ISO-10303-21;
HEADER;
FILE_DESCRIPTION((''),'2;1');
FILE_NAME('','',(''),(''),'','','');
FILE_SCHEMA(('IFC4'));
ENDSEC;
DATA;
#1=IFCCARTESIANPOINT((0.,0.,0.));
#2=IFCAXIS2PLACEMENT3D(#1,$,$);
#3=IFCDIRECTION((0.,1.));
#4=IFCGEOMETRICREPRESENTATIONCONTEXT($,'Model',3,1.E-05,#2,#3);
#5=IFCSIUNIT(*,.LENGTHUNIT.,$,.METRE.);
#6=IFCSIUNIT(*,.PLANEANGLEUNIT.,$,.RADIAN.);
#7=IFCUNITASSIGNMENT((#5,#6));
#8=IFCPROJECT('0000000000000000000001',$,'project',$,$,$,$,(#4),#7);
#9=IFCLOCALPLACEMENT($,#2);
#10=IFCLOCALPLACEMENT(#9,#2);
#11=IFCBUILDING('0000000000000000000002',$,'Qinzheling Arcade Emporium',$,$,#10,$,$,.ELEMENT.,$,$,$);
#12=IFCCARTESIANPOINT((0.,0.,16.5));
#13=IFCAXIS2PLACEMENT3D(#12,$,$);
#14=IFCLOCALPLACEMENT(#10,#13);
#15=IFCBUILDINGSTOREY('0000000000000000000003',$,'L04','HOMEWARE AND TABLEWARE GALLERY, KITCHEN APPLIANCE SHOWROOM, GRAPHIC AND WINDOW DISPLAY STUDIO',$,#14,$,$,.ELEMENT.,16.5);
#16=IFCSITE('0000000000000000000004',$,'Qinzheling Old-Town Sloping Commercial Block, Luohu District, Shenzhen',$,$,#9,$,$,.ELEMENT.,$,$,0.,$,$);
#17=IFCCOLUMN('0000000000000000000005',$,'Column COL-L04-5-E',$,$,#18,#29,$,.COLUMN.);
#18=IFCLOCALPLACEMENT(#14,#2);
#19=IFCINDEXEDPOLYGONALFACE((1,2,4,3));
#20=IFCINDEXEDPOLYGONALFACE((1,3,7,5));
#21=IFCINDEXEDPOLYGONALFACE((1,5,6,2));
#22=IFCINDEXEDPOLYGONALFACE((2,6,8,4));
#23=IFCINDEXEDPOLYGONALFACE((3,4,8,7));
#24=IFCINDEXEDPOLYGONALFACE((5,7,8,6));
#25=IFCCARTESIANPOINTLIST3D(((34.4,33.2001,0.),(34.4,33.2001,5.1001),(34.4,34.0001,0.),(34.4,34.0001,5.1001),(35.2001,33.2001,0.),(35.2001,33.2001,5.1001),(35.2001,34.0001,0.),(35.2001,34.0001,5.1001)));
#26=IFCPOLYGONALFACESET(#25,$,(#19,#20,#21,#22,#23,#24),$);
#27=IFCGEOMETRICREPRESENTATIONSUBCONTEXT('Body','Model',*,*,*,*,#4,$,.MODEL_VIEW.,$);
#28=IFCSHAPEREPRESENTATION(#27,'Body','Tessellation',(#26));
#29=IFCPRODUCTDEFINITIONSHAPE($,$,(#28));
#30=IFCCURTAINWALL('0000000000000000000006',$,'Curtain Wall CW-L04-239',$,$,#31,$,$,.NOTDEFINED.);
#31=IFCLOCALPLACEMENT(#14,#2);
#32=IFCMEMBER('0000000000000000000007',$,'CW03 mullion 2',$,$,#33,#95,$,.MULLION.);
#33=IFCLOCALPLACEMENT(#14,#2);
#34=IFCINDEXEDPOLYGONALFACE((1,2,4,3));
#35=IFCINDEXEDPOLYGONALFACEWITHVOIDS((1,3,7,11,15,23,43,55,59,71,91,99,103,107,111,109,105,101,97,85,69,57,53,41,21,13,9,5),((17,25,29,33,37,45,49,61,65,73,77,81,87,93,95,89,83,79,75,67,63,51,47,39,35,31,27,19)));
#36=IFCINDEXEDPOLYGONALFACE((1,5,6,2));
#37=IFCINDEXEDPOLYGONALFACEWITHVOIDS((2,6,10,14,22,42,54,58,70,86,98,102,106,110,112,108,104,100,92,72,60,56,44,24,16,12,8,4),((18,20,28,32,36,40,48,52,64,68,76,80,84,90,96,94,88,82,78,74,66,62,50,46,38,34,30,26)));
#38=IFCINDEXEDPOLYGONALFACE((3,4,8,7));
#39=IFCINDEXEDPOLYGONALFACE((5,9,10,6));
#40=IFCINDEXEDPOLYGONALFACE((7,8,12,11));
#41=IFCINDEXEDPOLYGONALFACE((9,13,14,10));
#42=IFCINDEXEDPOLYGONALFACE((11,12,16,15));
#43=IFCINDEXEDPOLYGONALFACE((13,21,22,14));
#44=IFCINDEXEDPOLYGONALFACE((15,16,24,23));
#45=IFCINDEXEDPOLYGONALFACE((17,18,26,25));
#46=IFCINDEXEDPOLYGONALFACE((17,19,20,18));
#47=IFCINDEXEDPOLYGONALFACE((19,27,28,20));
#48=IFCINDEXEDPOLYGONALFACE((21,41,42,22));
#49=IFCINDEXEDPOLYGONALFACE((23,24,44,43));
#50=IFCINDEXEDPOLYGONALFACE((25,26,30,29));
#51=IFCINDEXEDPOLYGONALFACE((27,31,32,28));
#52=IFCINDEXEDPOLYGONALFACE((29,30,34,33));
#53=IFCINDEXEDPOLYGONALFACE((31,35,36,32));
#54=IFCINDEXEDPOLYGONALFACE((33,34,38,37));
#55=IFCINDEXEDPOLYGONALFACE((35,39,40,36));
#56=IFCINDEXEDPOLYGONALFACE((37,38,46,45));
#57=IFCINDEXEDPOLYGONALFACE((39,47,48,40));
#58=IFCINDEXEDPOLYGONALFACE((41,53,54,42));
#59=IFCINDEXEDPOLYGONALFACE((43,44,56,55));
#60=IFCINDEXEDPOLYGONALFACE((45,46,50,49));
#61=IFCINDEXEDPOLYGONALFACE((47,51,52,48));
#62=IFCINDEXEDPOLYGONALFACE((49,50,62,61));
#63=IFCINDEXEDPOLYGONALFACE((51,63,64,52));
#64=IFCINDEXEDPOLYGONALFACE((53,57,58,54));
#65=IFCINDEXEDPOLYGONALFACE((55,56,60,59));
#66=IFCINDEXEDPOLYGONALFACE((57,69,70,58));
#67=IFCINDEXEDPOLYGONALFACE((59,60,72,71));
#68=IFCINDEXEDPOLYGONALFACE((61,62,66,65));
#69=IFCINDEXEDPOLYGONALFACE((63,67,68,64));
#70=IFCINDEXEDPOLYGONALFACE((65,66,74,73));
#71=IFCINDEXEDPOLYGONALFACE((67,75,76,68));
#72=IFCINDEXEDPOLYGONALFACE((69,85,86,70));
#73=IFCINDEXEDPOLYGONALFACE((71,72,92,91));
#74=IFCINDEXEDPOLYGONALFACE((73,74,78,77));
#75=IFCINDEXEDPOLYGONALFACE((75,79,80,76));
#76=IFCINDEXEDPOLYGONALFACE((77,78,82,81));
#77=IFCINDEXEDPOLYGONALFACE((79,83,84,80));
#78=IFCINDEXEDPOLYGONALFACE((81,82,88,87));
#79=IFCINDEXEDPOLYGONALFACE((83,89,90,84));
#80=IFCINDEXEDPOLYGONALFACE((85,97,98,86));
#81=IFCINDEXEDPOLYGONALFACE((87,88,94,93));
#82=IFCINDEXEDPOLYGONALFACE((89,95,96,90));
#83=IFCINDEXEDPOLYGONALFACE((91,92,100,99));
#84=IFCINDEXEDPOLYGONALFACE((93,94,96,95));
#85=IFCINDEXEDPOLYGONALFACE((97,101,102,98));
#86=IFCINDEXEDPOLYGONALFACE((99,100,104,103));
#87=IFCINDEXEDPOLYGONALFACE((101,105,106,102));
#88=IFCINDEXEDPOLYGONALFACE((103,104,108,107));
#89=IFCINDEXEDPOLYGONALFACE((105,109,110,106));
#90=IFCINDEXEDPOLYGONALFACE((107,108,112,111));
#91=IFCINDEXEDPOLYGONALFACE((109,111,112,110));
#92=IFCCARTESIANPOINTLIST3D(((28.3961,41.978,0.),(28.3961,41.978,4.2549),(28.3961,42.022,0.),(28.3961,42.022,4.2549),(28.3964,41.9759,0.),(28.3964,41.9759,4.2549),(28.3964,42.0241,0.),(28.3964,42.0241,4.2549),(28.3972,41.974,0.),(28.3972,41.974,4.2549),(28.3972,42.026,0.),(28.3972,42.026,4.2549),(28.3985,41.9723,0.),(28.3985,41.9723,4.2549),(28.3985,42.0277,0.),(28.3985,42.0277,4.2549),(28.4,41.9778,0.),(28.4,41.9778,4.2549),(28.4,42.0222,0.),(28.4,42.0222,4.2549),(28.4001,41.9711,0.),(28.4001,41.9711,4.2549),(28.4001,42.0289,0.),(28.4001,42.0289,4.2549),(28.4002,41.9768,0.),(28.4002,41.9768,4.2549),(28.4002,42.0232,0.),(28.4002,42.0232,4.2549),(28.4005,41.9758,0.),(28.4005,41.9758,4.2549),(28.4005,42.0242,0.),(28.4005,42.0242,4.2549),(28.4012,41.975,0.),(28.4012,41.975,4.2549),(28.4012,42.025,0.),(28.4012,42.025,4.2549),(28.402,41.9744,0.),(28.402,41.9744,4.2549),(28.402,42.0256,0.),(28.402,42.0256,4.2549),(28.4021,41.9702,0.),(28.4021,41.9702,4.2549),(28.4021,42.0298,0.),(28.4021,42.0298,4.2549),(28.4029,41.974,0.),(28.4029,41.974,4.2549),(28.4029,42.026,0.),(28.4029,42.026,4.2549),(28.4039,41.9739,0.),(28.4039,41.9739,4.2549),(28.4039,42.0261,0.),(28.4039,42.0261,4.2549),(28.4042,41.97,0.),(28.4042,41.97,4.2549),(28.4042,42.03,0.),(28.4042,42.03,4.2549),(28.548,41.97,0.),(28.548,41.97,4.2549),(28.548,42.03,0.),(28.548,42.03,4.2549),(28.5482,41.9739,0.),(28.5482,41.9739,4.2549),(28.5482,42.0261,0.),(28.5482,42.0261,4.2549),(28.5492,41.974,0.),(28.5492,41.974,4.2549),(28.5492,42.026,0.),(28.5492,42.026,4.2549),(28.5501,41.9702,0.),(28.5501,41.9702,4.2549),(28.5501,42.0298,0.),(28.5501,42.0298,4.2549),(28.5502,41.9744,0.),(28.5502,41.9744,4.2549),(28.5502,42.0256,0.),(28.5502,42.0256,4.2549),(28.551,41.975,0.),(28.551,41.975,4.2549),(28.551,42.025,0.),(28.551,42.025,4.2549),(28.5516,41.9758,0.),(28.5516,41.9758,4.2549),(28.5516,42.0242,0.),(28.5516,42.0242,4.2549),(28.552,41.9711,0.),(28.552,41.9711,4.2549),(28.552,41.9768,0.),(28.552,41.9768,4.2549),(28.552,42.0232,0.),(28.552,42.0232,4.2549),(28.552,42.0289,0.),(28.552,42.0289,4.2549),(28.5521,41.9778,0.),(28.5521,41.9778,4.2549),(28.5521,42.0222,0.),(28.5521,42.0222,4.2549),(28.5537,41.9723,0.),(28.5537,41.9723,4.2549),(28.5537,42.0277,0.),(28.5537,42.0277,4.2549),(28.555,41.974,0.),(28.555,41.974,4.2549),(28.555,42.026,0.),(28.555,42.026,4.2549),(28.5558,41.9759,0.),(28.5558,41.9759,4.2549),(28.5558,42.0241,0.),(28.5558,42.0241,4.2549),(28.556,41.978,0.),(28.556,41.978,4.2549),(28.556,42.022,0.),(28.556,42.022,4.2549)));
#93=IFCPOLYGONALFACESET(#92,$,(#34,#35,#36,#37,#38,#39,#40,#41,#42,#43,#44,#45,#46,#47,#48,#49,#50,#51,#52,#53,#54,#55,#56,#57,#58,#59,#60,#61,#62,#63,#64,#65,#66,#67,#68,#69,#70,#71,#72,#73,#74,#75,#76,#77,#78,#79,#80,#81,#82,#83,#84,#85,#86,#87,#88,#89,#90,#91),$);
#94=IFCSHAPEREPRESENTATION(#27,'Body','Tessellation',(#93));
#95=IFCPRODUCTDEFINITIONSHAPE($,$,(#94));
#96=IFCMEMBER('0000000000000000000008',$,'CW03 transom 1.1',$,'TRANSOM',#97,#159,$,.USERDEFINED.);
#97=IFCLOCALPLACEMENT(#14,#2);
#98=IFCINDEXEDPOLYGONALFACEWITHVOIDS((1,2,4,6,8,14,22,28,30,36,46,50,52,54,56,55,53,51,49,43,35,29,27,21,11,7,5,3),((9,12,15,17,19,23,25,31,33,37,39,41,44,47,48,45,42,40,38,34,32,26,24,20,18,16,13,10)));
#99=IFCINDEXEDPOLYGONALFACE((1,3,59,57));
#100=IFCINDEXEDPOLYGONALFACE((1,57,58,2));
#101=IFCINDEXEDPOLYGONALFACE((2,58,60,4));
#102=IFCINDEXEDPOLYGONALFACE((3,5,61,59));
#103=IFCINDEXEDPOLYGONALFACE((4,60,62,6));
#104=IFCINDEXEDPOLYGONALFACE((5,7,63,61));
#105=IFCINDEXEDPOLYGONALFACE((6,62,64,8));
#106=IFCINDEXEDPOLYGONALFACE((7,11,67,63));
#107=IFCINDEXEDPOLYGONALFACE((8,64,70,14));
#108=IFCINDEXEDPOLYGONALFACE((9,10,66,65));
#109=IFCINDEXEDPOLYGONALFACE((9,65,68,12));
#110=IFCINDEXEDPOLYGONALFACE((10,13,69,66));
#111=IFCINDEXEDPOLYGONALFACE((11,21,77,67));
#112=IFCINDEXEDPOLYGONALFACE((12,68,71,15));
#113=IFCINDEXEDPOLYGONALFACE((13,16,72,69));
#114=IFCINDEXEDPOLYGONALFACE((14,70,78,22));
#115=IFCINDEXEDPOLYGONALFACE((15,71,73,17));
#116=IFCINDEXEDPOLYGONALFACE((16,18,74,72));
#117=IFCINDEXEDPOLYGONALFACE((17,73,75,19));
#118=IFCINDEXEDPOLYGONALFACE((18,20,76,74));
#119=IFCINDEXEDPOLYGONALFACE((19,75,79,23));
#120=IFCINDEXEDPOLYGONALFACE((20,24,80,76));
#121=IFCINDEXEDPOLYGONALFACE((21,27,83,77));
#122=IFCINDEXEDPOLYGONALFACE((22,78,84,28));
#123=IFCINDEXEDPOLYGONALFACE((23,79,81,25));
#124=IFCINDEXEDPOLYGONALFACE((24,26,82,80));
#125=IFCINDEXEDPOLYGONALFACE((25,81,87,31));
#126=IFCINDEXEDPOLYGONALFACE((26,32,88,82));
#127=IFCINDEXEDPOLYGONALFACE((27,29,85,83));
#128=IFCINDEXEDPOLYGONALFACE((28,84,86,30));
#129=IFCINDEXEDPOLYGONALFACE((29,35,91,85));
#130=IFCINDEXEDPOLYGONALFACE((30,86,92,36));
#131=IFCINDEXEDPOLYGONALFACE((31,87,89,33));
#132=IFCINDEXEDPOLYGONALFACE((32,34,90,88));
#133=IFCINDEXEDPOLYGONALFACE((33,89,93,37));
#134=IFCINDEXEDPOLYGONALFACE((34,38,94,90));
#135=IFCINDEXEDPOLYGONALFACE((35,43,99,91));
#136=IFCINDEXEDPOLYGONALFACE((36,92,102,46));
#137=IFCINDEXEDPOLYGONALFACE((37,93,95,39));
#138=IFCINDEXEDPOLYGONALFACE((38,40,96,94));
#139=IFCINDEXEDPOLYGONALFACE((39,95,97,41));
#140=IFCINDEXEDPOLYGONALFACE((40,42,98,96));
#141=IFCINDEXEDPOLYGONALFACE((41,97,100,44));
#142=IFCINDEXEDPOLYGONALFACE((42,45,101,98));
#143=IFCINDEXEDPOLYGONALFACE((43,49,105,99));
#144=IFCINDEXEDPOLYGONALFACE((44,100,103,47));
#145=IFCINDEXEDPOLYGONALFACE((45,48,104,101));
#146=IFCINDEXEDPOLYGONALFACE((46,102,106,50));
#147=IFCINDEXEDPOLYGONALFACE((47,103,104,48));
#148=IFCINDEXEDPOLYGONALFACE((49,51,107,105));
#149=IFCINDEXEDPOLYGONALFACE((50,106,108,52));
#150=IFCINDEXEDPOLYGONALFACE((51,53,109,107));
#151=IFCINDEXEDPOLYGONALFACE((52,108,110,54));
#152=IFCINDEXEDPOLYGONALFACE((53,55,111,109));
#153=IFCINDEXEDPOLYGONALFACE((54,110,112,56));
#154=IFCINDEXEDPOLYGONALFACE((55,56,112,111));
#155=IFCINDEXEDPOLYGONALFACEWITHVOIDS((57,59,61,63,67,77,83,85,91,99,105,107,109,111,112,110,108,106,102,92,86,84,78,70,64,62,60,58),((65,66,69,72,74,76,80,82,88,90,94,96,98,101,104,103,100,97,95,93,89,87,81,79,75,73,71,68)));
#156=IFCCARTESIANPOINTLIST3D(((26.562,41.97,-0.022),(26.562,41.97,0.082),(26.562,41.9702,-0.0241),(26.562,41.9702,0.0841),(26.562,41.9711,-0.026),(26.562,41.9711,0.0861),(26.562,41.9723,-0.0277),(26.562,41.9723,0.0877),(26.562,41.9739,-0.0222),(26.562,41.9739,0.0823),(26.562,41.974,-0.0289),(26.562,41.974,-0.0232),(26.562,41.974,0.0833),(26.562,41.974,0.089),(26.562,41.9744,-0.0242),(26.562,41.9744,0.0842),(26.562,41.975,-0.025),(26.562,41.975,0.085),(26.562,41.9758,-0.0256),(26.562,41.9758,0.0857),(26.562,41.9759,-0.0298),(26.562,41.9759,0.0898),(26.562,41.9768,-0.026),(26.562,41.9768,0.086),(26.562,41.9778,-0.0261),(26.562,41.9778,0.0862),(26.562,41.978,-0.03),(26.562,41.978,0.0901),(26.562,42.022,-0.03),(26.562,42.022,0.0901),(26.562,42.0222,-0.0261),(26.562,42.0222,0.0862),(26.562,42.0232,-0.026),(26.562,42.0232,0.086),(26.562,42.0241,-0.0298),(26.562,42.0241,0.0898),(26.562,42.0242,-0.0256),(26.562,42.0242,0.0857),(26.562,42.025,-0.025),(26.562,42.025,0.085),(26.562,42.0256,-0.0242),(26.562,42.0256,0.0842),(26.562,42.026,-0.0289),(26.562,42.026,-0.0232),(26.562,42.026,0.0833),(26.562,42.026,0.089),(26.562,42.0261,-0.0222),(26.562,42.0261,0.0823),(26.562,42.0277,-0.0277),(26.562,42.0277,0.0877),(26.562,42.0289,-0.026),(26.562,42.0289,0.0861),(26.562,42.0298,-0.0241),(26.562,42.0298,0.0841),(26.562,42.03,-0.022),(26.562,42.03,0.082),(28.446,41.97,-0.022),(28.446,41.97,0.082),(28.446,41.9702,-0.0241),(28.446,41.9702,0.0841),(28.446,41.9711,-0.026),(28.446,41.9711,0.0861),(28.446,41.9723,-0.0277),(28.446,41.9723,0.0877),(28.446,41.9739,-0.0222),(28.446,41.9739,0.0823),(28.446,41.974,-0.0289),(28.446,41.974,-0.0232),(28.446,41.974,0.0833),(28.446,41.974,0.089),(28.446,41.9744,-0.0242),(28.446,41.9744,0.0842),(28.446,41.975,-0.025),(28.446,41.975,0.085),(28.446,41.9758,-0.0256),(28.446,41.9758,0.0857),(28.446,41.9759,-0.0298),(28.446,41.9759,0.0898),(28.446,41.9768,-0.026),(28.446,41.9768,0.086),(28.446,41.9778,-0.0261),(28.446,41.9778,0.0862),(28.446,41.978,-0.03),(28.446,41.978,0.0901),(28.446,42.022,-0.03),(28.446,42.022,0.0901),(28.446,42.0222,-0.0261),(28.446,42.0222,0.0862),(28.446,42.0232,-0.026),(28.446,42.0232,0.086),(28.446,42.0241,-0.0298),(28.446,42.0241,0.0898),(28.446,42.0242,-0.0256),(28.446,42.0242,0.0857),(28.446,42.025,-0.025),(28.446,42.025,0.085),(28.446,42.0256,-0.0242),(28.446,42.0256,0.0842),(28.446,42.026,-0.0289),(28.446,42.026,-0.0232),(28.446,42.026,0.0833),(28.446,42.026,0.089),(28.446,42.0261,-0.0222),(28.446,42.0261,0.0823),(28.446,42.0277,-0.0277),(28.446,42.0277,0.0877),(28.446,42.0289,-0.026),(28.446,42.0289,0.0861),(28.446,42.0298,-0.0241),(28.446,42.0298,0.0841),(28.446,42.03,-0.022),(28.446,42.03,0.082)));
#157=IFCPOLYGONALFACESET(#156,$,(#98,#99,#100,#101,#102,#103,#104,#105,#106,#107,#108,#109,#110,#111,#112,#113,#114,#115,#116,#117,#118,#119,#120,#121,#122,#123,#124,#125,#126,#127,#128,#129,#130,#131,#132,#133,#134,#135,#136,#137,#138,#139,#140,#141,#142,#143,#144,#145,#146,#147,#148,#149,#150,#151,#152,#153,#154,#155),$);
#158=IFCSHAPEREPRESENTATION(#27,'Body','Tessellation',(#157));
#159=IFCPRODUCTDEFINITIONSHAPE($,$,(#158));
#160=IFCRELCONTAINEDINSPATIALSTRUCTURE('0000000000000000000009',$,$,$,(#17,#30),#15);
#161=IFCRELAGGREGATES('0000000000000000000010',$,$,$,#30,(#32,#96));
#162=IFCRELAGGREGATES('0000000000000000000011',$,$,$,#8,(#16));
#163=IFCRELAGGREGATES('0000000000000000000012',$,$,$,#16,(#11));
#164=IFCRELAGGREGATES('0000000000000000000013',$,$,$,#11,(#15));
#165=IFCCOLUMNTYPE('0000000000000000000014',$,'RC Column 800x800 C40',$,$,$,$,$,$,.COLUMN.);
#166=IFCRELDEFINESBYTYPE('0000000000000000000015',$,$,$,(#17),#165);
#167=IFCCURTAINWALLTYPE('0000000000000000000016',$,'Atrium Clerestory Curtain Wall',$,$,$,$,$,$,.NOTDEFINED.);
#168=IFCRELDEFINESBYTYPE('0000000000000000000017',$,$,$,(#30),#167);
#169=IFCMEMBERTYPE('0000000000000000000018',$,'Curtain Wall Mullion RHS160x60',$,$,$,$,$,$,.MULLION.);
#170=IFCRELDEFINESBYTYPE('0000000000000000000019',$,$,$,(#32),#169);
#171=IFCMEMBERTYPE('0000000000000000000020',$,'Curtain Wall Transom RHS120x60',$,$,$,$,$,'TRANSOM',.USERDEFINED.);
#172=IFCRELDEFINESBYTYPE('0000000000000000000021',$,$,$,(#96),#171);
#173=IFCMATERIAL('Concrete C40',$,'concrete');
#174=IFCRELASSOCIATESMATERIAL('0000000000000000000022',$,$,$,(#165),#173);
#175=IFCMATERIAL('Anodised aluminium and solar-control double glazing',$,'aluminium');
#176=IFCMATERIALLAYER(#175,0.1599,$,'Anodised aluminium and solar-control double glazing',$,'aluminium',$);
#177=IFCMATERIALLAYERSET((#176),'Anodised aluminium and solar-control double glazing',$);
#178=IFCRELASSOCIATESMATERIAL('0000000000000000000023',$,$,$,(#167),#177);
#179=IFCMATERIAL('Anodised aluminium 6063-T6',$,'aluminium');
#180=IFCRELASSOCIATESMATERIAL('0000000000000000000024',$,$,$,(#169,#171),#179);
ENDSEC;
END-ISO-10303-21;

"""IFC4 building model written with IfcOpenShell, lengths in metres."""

from ifc_helpers import new_model, si_unit, direction, frame, origin, origin_2d, place, context, subcontext, project, spatial, rectangle, hollow_rectangle, extrude, material, layer, layer_set, material_profile, profile_set, type_object, element, aggregate, save


model = new_model("IFC4")

# Units and contexts
model_context = context("Model", 3, precision=1e-05, world=origin(), true_north=direction((0.0, 1.0)))
body_context = subcontext(model_context, "Body", "Model", "MODEL_VIEW")
ifc_project = project(units=[si_unit("LENGTHUNIT", "METRE"), si_unit("PLANEANGLEUNIT", "RADIAN")], contexts=[model_context])

# Site, building, storey
site_placement = place(None, origin())
site = spatial("IfcSite", under=ifc_project, at=site_placement, Name="Qinzheling Old-Town Sloping Commercial Block, Luohu District, Shenzhen", CompositionType="ELEMENT", RefElevation=0.0)
building_placement = place(site_placement, origin())
building = spatial("IfcBuilding", under=site, at=building_placement, Name="Qinzheling Arcade Emporium", CompositionType="ELEMENT")
storey_placement = place(building_placement, frame((0.0, 0.0, 16.5)))
storey = spatial("IfcBuildingStorey", under=building, at=storey_placement, Name="L04", Description="HOMEWARE AND TABLEWARE GALLERY, KITCHEN APPLIANCE SHOWROOM, GRAPHIC AND WINDOW DISPLAY STUDIO", CompositionType="ELEMENT", Elevation=16.5)

# Column
ifc_material_1 = material(Name="Concrete C40", Category="concrete")
ifc_material_profile_1 = material_profile(ifc_material_1, rectangle(XDim=0.8, YDim=0.8, at=origin_2d()), Name="RC 800x800", Category="concrete")
ifc_profile_set_1 = profile_set([ifc_material_profile_1], Name="Concrete C40")
column_type = type_object("IfcColumnType", Name="RC Column 800x800 C40", PredefinedType="COLUMN", material=ifc_profile_set_1)
column_placement = place(storey_placement, frame((34.8, 33.6001, 0.0), z_axis=(0.0, 0.0, 1.0), x_axis=(1.0, 0.0, 0.0)))
element("IfcColumn", 1, at=column_placement, inside=storey, type_object=column_type, Name="Column COL-L04-5-E", PredefinedType="COLUMN", context=body_context, shape_type="SweptSolid", body=[
    extrude(rectangle(XDim=0.8, YDim=0.8, at=origin_2d()), origin(), (0.0, 0.0, 1.0), 5.1001),
])

# Curtain wall, members
ifc_material_2 = material(Name="Anodised aluminium and solar-control double glazing", Category="aluminium")
ifc_layer_1 = layer(ifc_material_2, 0.1599, Name="Anodised aluminium and solar-control double glazing", Category="aluminium")
ifc_layer_set_1 = layer_set([ifc_layer_1], Name="Anodised aluminium and solar-control double glazing")
curtain_wall_type = type_object("IfcCurtainWallType", Name="Atrium Clerestory Curtain Wall", PredefinedType="NOTDEFINED", material=ifc_layer_set_1)
curtain_wall_placement = place(storey_placement, origin())
curtain_wall = element("IfcCurtainWall", 2, at=curtain_wall_placement, inside=storey, type_object=curtain_wall_type, Name="Curtain Wall CW-L04-239", PredefinedType="NOTDEFINED")
ifc_material_3 = material(Name="Anodised aluminium 6063-T6", Category="aluminium")
ifc_material_profile_2 = material_profile(ifc_material_3, hollow_rectangle(XDim=0.0601, YDim=0.1599, WallThickness=0.0039, InnerFilletRadius=0.0039, OuterFilletRadius=0.0081, at=origin_2d()), Name="RHS 160x60x4", Category="aluminium")
ifc_profile_set_2 = profile_set([ifc_material_profile_2], Name="Anodised aluminium 6063-T6")
member_type_1 = type_object("IfcMemberType", Name="Curtain Wall Mullion RHS160x60", PredefinedType="MULLION", material=ifc_profile_set_2)
member_1_placement = place(storey_placement, frame((28.4761, 42.0, 0.0), z_axis=(0.0, 0.0, 1.0), x_axis=(0.0, 1.0, 0.0)))
member_1 = element("IfcMember", 3, at=member_1_placement, type_object=member_type_1, Name="CW03 mullion 2", PredefinedType="MULLION", context=body_context, shape_type="SweptSolid", body=[
    extrude(hollow_rectangle(XDim=0.0601, YDim=0.1599, WallThickness=0.0039, InnerFilletRadius=0.0039, OuterFilletRadius=0.0081, at=origin_2d()), origin(), (0.0, 0.0, 1.0), 4.2549),
])
ifc_material_profile_3 = material_profile(ifc_material_3, hollow_rectangle(XDim=0.0601, YDim=0.1201, WallThickness=0.0039, InnerFilletRadius=0.0039, OuterFilletRadius=0.0081, at=origin_2d()), Name="RHS 120x60x4", Category="aluminium")
ifc_profile_set_3 = profile_set([ifc_material_profile_3], Name="Anodised aluminium 6063-T6")
member_type_2 = type_object("IfcMemberType", Name="Curtain Wall Transom RHS120x60", ElementType="TRANSOM", PredefinedType="USERDEFINED", material=ifc_profile_set_3)
member_2_placement = place(storey_placement, frame((26.562, 42.0, 0.03), z_axis=(1.0, 0.0, 0.0), x_axis=(0.0, 1.0, 0.0)))
member_2 = element("IfcMember", 4, at=member_2_placement, type_object=member_type_2, Name="CW03 transom 1.1", ObjectType="TRANSOM", PredefinedType="USERDEFINED", context=body_context, shape_type="SweptSolid", body=[
    extrude(hollow_rectangle(XDim=0.0601, YDim=0.1201, WallThickness=0.0039, InnerFilletRadius=0.0039, OuterFilletRadius=0.0081, at=origin_2d()), origin(), (0.0, 0.0, 1.0), 1.884),
])

aggregate(curtain_wall, [member_1, member_2])

save(model, "model.ifc")
